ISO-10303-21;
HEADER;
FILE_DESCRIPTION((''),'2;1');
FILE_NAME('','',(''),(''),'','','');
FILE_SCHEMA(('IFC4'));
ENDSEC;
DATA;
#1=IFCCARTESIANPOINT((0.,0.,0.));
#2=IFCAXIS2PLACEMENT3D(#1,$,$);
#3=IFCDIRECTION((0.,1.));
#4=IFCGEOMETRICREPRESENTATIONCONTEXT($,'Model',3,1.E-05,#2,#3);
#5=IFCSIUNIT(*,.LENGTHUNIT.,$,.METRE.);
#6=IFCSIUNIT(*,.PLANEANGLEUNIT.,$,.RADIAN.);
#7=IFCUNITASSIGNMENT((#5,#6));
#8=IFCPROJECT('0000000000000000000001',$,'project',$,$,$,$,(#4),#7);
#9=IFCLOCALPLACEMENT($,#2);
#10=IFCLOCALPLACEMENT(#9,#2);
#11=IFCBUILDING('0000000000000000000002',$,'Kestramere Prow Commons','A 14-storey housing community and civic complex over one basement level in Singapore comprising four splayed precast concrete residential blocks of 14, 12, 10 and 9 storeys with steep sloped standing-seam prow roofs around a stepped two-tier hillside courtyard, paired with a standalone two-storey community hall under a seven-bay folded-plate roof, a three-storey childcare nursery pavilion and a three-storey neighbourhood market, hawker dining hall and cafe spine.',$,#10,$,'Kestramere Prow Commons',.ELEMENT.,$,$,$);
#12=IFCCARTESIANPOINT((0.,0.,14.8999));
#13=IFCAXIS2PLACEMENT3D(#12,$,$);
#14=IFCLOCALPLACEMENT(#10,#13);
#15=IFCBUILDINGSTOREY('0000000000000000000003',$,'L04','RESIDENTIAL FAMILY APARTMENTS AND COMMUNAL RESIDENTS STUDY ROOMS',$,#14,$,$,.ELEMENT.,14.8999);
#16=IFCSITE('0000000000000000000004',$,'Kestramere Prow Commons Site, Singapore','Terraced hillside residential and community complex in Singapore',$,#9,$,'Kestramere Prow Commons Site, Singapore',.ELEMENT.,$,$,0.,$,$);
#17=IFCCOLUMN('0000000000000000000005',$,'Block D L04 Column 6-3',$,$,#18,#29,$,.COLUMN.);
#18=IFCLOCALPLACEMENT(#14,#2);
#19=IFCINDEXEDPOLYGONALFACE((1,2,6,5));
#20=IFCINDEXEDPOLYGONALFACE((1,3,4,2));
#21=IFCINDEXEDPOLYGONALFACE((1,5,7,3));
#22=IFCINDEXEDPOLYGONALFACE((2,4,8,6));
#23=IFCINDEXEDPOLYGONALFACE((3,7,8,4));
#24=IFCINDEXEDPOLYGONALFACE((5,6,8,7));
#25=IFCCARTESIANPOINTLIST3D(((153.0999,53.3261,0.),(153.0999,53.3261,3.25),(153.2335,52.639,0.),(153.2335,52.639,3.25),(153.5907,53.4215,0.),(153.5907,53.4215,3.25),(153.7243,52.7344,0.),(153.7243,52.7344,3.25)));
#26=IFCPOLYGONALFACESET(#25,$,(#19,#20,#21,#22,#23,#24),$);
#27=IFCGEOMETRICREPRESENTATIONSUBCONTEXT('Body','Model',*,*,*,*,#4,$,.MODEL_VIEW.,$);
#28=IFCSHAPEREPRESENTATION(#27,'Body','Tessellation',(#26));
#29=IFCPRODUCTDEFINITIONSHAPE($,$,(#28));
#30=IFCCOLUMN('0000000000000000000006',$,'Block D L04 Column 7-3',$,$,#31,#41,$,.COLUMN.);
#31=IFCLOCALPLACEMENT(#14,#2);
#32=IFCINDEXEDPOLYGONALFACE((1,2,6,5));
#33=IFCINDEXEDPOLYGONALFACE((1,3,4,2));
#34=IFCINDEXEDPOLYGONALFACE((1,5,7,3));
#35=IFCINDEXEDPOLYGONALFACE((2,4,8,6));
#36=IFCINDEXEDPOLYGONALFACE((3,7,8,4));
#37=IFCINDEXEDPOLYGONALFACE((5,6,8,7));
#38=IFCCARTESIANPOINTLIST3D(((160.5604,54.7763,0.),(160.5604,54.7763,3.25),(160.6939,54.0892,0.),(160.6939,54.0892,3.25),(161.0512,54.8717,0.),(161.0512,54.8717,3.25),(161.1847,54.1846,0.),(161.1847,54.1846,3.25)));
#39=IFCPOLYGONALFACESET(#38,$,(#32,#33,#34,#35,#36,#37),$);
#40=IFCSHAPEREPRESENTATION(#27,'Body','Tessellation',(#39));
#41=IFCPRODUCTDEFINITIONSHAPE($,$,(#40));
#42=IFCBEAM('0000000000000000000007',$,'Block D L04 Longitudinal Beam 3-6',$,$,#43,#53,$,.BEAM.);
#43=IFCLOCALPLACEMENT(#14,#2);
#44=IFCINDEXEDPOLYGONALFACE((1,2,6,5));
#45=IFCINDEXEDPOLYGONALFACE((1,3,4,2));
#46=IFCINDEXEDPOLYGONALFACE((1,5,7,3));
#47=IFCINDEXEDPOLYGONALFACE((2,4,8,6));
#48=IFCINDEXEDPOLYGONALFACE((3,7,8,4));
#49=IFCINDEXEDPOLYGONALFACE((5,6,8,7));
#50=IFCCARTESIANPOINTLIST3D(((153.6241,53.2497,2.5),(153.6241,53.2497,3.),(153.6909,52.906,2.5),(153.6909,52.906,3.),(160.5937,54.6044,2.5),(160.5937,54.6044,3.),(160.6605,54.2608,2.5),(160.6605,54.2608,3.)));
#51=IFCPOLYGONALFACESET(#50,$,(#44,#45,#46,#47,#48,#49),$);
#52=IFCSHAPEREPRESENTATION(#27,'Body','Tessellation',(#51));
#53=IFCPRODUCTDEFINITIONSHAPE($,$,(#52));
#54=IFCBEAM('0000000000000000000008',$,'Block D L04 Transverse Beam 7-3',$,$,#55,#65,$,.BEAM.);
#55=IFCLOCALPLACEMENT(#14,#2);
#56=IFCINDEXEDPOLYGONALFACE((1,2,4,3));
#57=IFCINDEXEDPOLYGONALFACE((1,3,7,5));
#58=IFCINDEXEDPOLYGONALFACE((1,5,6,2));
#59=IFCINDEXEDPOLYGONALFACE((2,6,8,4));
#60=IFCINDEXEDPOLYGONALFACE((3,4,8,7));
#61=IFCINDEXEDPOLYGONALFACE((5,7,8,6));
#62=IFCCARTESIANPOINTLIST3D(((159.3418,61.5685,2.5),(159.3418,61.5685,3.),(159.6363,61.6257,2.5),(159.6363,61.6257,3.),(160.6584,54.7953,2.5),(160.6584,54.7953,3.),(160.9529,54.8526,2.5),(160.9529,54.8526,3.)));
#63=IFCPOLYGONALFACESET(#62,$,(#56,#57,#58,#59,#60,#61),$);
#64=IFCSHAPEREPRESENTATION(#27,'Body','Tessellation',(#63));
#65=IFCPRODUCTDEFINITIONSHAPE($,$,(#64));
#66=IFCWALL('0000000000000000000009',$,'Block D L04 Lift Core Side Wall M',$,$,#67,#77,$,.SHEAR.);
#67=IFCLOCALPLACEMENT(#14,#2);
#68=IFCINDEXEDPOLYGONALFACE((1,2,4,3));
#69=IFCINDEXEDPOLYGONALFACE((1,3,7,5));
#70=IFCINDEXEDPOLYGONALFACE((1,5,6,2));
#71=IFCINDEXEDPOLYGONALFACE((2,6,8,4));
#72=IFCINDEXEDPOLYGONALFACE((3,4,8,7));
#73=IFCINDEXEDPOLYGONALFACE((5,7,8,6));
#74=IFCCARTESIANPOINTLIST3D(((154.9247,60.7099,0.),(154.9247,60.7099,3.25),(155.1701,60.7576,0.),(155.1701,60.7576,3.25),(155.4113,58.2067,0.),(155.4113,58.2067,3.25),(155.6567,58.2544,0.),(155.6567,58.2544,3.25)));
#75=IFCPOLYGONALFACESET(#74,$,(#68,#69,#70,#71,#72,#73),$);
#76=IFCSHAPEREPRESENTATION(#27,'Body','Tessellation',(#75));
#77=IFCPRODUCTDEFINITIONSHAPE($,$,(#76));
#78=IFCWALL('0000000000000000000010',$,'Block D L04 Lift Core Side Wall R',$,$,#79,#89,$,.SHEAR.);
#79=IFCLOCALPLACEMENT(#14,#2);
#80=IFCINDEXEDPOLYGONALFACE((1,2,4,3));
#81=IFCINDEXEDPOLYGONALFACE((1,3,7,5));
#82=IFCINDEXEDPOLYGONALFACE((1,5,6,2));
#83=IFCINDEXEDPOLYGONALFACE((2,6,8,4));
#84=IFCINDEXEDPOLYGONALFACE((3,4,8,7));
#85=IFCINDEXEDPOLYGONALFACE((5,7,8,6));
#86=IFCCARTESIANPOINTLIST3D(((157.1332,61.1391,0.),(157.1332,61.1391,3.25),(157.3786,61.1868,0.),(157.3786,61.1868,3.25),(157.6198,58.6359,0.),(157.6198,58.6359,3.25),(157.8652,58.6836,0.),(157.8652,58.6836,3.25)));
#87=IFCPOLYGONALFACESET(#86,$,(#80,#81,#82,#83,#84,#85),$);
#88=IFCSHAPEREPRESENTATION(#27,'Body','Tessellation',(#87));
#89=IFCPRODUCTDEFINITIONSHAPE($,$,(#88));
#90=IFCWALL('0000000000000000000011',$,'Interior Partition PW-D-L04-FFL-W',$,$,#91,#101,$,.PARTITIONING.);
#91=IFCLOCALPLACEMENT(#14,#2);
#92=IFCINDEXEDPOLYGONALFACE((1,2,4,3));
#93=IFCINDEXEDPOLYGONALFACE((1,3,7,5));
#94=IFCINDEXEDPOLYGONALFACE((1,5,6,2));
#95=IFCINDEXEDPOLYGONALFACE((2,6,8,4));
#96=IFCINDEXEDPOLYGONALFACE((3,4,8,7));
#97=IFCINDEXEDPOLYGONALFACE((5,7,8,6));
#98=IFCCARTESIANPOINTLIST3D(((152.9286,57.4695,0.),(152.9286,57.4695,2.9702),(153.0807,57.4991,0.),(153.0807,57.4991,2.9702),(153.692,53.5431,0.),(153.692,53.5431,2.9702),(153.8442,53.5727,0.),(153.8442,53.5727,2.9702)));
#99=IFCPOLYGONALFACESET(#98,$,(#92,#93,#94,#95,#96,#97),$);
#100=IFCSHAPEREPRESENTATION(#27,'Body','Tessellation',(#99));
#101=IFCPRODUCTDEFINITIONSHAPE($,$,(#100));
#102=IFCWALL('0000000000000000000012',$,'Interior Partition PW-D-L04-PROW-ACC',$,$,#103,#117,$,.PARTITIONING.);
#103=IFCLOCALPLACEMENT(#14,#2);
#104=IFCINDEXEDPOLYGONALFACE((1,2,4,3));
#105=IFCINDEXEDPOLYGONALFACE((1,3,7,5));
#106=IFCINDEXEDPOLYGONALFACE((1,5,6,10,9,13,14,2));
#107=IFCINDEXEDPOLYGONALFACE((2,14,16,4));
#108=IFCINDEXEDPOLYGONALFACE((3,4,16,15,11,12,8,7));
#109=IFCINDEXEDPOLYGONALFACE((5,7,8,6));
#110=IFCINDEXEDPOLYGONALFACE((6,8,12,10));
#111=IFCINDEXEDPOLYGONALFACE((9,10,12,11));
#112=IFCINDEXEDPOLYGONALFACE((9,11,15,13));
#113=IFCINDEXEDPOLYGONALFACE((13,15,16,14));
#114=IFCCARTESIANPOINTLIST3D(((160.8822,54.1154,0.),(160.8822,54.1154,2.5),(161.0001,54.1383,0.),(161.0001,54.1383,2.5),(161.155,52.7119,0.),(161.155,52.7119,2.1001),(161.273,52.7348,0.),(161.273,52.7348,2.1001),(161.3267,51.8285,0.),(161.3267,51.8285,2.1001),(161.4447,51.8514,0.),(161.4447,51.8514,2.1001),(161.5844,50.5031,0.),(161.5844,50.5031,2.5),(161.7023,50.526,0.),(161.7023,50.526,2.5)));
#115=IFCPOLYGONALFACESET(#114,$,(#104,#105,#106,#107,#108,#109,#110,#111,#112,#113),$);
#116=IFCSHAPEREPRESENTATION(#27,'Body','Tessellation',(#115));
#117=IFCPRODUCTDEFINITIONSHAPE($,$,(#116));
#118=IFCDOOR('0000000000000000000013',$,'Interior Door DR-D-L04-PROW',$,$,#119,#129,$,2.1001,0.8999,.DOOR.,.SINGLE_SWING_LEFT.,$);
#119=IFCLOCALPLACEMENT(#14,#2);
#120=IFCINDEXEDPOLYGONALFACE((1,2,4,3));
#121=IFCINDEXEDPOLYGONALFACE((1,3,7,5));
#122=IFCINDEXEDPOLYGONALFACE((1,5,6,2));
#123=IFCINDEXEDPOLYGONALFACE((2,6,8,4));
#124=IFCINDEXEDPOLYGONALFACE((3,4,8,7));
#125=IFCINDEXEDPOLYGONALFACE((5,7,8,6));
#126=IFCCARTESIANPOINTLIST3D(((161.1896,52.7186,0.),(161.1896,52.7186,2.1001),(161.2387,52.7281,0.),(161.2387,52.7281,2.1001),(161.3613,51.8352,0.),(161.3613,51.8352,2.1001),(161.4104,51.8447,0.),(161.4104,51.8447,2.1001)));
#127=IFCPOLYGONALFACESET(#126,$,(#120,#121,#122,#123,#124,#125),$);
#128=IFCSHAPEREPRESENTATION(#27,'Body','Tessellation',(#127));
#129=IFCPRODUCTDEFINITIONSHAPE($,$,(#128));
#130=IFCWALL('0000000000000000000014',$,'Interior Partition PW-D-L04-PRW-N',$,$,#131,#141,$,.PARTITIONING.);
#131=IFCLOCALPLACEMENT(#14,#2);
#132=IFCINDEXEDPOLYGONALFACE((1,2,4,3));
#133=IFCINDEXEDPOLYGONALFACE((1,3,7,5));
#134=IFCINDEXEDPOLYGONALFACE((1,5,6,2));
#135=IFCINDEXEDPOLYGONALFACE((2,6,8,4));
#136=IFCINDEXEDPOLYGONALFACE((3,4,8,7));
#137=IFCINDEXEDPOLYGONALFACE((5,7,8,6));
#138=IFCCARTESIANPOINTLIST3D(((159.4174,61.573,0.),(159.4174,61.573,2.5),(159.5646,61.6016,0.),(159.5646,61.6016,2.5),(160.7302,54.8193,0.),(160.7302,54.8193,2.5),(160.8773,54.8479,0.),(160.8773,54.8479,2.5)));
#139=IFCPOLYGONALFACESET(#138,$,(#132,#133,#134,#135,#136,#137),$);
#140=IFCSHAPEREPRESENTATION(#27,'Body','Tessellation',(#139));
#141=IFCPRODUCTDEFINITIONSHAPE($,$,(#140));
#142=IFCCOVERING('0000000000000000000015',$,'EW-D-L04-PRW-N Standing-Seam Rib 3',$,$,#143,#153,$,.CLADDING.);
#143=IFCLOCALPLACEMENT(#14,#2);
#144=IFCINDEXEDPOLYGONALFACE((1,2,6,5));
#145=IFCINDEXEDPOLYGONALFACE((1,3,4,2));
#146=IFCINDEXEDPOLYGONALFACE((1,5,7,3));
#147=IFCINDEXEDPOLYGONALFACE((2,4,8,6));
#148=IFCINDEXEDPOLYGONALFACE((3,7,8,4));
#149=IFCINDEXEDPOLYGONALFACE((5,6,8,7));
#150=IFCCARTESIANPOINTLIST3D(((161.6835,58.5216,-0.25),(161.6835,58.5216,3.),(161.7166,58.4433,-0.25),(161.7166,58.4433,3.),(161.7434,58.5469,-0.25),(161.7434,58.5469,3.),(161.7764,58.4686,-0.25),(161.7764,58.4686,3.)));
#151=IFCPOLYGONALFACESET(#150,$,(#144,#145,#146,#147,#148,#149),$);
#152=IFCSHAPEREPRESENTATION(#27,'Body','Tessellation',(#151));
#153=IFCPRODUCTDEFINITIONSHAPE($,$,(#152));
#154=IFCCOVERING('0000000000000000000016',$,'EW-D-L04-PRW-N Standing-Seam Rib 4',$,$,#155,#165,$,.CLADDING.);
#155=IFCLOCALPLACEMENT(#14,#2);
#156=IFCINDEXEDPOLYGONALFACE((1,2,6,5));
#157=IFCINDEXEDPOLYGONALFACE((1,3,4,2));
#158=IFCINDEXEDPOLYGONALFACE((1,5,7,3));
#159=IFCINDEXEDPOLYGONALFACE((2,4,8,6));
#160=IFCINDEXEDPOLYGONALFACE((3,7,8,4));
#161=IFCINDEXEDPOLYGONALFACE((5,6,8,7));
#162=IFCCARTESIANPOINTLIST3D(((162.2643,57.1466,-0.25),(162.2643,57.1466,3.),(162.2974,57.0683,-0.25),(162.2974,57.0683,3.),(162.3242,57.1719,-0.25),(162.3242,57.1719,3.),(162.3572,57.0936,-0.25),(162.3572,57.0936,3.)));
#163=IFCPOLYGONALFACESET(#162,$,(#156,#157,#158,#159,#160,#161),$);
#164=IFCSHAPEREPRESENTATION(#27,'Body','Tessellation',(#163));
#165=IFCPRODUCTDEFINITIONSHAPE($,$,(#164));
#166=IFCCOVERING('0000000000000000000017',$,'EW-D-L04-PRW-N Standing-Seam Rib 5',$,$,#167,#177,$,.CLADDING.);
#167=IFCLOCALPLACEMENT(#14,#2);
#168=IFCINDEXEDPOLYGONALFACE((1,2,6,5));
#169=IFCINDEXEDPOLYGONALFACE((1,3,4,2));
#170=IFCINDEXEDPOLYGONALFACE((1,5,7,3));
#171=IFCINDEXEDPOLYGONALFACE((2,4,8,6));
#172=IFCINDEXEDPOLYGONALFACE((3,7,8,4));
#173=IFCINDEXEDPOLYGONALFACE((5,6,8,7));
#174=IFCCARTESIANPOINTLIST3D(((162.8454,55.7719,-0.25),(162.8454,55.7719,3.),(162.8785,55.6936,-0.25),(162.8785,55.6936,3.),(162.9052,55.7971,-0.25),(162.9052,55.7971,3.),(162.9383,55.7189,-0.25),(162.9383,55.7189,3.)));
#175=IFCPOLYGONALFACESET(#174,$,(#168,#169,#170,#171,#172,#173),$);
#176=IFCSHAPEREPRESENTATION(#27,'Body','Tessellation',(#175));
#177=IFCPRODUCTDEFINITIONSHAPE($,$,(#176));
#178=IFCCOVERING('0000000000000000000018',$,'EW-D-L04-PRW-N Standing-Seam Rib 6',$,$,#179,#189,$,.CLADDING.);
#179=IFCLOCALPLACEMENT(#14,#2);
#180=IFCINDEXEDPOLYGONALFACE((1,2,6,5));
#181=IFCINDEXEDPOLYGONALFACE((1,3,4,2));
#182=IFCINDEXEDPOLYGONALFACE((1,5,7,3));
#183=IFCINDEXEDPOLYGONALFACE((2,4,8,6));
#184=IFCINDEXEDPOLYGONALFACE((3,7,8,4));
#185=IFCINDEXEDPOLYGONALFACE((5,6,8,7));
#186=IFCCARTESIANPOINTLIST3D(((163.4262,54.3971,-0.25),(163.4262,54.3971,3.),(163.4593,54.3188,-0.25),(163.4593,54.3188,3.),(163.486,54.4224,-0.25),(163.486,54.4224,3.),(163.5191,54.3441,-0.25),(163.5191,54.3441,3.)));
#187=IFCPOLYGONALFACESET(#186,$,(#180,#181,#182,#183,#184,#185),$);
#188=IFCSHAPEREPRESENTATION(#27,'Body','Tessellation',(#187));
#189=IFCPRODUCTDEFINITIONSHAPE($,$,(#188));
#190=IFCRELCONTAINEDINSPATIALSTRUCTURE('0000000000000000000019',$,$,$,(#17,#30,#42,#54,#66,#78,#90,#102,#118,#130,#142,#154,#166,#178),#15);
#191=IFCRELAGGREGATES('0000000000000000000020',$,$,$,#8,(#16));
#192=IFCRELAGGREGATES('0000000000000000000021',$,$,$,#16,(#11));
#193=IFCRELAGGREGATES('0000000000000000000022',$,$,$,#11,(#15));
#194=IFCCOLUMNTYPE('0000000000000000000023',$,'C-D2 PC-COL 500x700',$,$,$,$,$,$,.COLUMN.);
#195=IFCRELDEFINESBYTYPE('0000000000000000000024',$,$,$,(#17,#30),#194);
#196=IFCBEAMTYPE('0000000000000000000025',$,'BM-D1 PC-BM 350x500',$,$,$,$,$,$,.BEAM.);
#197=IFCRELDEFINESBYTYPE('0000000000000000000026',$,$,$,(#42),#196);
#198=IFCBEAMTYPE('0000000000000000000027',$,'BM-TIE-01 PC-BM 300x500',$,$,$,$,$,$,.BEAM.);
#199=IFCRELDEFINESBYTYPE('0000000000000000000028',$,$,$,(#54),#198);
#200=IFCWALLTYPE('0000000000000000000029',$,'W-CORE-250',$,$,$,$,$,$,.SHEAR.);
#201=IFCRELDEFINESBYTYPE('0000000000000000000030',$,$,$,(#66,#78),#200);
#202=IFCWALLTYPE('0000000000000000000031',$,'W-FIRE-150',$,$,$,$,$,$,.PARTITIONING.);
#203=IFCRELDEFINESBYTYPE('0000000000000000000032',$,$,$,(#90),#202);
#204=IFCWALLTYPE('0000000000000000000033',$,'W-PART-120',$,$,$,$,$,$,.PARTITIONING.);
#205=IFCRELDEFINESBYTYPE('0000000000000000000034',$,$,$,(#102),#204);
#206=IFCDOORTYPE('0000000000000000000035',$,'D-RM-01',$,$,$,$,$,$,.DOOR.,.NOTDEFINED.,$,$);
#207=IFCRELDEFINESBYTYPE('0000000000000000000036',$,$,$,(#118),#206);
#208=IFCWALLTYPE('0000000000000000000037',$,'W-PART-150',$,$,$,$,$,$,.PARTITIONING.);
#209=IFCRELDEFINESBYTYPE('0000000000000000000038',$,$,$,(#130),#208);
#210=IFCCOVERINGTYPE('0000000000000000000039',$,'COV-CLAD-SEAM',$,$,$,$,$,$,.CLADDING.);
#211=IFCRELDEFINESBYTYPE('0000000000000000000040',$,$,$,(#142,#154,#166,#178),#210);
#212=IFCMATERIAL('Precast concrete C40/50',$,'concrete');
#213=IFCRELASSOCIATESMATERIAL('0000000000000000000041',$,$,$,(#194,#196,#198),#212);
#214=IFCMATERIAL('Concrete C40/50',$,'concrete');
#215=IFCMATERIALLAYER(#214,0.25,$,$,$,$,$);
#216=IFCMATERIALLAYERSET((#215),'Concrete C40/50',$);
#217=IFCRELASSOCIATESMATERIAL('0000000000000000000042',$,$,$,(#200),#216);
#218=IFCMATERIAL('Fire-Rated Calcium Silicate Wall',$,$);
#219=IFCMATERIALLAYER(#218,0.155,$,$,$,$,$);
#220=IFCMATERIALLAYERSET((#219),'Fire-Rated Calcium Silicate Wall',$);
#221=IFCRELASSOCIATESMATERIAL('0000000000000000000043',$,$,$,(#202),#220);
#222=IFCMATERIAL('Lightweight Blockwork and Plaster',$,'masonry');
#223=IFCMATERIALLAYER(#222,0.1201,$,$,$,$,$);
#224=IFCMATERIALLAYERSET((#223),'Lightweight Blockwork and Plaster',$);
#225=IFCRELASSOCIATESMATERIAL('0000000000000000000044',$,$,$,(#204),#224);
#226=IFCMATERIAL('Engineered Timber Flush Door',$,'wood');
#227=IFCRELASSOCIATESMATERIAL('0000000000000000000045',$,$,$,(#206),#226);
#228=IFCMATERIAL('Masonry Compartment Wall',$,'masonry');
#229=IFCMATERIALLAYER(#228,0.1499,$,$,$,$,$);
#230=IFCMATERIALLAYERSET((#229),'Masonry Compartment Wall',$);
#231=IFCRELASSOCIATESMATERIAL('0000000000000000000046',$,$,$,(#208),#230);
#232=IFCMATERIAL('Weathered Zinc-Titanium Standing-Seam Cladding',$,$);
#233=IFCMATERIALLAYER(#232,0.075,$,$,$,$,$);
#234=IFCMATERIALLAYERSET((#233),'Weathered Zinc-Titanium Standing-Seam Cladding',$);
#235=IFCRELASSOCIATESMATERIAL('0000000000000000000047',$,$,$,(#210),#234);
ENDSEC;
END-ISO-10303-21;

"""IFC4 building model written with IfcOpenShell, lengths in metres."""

from ifc_helpers import new_model, si_unit, direction, frame, frame_2d, origin, origin_2d, place, context, subcontext, project, spatial, rectangle, extrude, material, layer, layer_set, material_profile, profile_set, type_object, element, fill, save


model = new_model("IFC4")

# Units and contexts
model_context = context("Model", 3, precision=1e-05, world=origin(), true_north=direction((0.0, 1.0)))
body_context = subcontext(model_context, "Body", "Model", "MODEL_VIEW")
ifc_project = project(units=[si_unit("LENGTHUNIT", "METRE"), si_unit("PLANEANGLEUNIT", "RADIAN")], contexts=[model_context])

# Site, building, storey
site_placement = place(None, origin())
site = spatial("IfcSite", under=ifc_project, at=site_placement, Name="Kestramere Prow Commons Site, Singapore", Description="Terraced hillside residential and community complex in Singapore", LongName="Kestramere Prow Commons Site, Singapore", CompositionType="ELEMENT", RefElevation=0.0)
building_placement = place(site_placement, origin())
building = spatial("IfcBuilding", under=site, at=building_placement, Name="Kestramere Prow Commons", Description="A 14-storey housing community and civic complex over one basement level in Singapore comprising four splayed precast concrete residential blocks of 14, 12, 10 and 9 storeys with steep sloped standing-seam prow roofs around a stepped two-tier hillside courtyard, paired with a standalone two-storey community hall under a seven-bay folded-plate roof, a three-storey childcare nursery pavilion and a three-storey neighbourhood market, hawker dining hall and cafe spine.", LongName="Kestramere Prow Commons", CompositionType="ELEMENT")
storey_placement = place(building_placement, frame((0.0, 0.0, 14.8999)))
storey = spatial("IfcBuildingStorey", under=building, at=storey_placement, Name="L04", Description="RESIDENTIAL FAMILY APARTMENTS AND COMMUNAL RESIDENTS STUDY ROOMS", CompositionType="ELEMENT", Elevation=14.8999)

# Columns
ifc_material_1 = material(Name="Precast concrete C40/50", Category="concrete")
ifc_material_profile_1 = material_profile(ifc_material_1, rectangle(XDim=0.5, YDim=0.7, at=origin_2d()), Name="PC-COL 500x700")
ifc_profile_set_1 = profile_set([ifc_material_profile_1], Name="Precast concrete C40/50")
column_type = type_object("IfcColumnType", Name="C-D2 PC-COL 500x700", PredefinedType="COLUMN", material=ifc_profile_set_1)
for number, where, z_axis, x_axis, name in (
    (1, (153.4121, 53.0303, 0.0), (0.0, 0.0, 1.0), (0.981627, 0.190809, 0.0), "Block D L04 Column 6-3"),
    (2, (160.8726, 54.4805, 0.0), (0.0, 0.0, 1.0), (0.981627, 0.190809, 0.0), "Block D L04 Column 7-3"),
):
    element("IfcColumn", number, at=place(storey_placement, frame(where, z_axis=z_axis, x_axis=x_axis)), inside=storey, type_object=column_type, Name=name, PredefinedType="COLUMN", context=body_context, shape_type="SweptSolid", body=[
        extrude(rectangle(XDim=0.5, YDim=0.7, at=origin_2d()), origin(), (0.0, 0.0, 1.0), 3.25),
    ])

# Beams
ifc_material_profile_2 = material_profile(ifc_material_1, rectangle(XDim=0.3501, YDim=0.5, at=origin_2d()), Name="PC-BM 350x500")
ifc_profile_set_2 = profile_set([ifc_material_profile_2], Name="Precast concrete C40/50")
beam_type_1 = type_object("IfcBeamType", Name="BM-D1 PC-BM 350x500", PredefinedType="BEAM", material=ifc_profile_set_2)
beam_1_placement = place(storey_placement, frame((153.6575, 53.0779, 2.75), z_axis=(0.981628, 0.190803, 0.0), x_axis=(-0.190803, 0.981628, 0.0)))
element("IfcBeam", 3, at=beam_1_placement, inside=storey, type_object=beam_type_1, Name="Block D L04 Longitudinal Beam 3-6", PredefinedType="BEAM", context=body_context, shape_type="SweptSolid", body=[
    extrude(rectangle(XDim=0.3501, YDim=0.5, at=origin_2d()), origin(), (0.0, 0.0, 1.0), 7.1001),
])
ifc_material_profile_3 = material_profile(ifc_material_1, rectangle(XDim=0.3, YDim=0.5, at=origin_2d()), Name="PC-BM 300x500")
ifc_profile_set_3 = profile_set([ifc_material_profile_3], Name="Precast concrete C40/50")
beam_type_2 = type_object("IfcBeamType", Name="BM-TIE-01 PC-BM 300x500", PredefinedType="BEAM", material=ifc_profile_set_3)
beam_2_placement = place(storey_placement, frame((160.8057, 54.824, 2.75), z_axis=(-0.190819, 0.981625, 0.0), x_axis=(-0.981625, -0.190819, 0.0)))
element("IfcBeam", 4, at=beam_2_placement, inside=storey, type_object=beam_type_2, Name="Block D L04 Transverse Beam 7-3", PredefinedType="BEAM", context=body_context, shape_type="SweptSolid", body=[
    extrude(rectangle(XDim=0.3, YDim=0.5, at=origin_2d()), origin(), (0.0, 0.0, 1.0), 6.8999),
])

# Shared definitions
ifc_material_2 = material(Name="Concrete C40/50", Category="concrete")
ifc_layer_1 = layer(ifc_material_2, 0.25)
ifc_layer_set_1 = layer_set([ifc_layer_1], Name="Concrete C40/50")
wall_type_1 = type_object("IfcWallType", Name="W-CORE-250", PredefinedType="SHEAR", material=ifc_layer_set_1)

# Walls
for number, where, z_axis, x_axis, name in (
    (5, (155.5339, 58.2307, 0.0), (0.0, 0.0, 1.0), (-0.190811, 0.981627, 0.0), "Block D L04 Lift Core Side Wall M"),
    (6, (157.7424, 58.6599, 0.0), (0.0, 0.0, 1.0), (-0.190811, 0.981627, 0.0), "Block D L04 Lift Core Side Wall R"),
):
    element("IfcWall", number, at=place(storey_placement, frame(where, z_axis=z_axis, x_axis=x_axis)), inside=storey, type_object=wall_type_1, Name=name, PredefinedType="SHEAR", context=body_context, shape_type="SweptSolid", body=[
        extrude(rectangle(XDim=2.55, YDim=0.25, at=frame_2d((1.2749, 0.0))), origin(), (0.0, 0.0, 1.0), 3.25),
    ])

# Shared definitions
ifc_material_3 = material(Name="Fire-Rated Calcium Silicate Wall")
ifc_layer_2 = layer(ifc_material_3, 0.155)
ifc_layer_set_2 = layer_set([ifc_layer_2], Name="Fire-Rated Calcium Silicate Wall")
wall_type_2 = type_object("IfcWallType", Name="W-FIRE-150", PredefinedType="PARTITIONING", material=ifc_layer_set_2)

# Wall
wall_1_placement = place(storey_placement, frame((153.7681, 53.5579, 0.0), z_axis=(0.0, 0.0, 1.0), x_axis=(-0.190855, 0.981618, 0.0)))
element("IfcWall", 7, at=wall_1_placement, inside=storey, type_object=wall_type_2, Name="Interior Partition PW-D-L04-FFL-W", PredefinedType="PARTITIONING", context=body_context, shape_type="SweptSolid", body=[
    extrude(rectangle(XDim=4.0, YDim=0.155, at=frame_2d((2.0, 0.0))), origin(), (0.0, 0.0, 1.0), 2.9702),
])

# Wall, opening, door
ifc_material_4 = material(Name="Lightweight Blockwork and Plaster", Category="masonry")
ifc_layer_3 = layer(ifc_material_4, 0.1201)
ifc_layer_set_3 = layer_set([ifc_layer_3], Name="Lightweight Blockwork and Plaster")
wall_type_3 = type_object("IfcWallType", Name="W-PART-120", PredefinedType="PARTITIONING", material=ifc_layer_set_3)
wall_2_placement = place(storey_placement, frame((161.6433, 50.5146, 0.0), z_axis=(0.0, 0.0, 1.0), x_axis=(-0.190806, 0.981628, 0.0)))
wall_2 = element("IfcWall", 8, at=wall_2_placement, inside=storey, type_object=wall_type_3, Name="Interior Partition PW-D-L04-PROW-ACC", PredefinedType="PARTITIONING", context=body_context, shape_type="SweptSolid", body=[
    extrude(rectangle(XDim=3.6799, YDim=0.1201, at=frame_2d((1.8398, 0.0))), origin(), (0.0, 0.0, 1.0), 2.5),
])
opening_1_placement = place(wall_2_placement, frame((1.3501, 0.0, 0.0)))
opening_1 = element("IfcOpeningElement", 9, at=opening_1_placement, cuts=wall_2, PredefinedType="OPENING", context=body_context, shape_type="SweptSolid", body=[
    extrude(rectangle(XDim=0.8999, YDim=2.1001, at=frame_2d((0.45, 1.05))), frame((0.0, 0.075, 0.0), z_axis=(0.0, -1.0, 0.0), x_axis=(1.0, 0.0, 0.0)), (0.0, 0.0, 1.0), 0.1501),
])
ifc_material_5 = material(Name="Engineered Timber Flush Door", Category="wood")
door_type_1 = type_object("IfcDoorType", Name="D-RM-01", OperationType="NOTDEFINED", PredefinedType="DOOR", material=ifc_material_5)
door_1_placement = place(opening_1_placement, origin())
door_1 = element("IfcDoor", 10, at=door_1_placement, inside=storey, type_object=door_type_1, Name="Interior Door DR-D-L04-PROW", OperationType="SINGLE_SWING_LEFT", OverallHeight=2.1001, OverallWidth=0.8999, PredefinedType="DOOR", context=body_context, shape_type="SweptSolid", body=[
    extrude(rectangle(XDim=0.8999, YDim=2.1001, at=frame_2d((0.45, 1.05))), frame((0.0, 0.0249, 0.0), z_axis=(0.0, -1.0, 0.0), x_axis=(1.0, 0.0, 0.0)), (0.0, 0.0, 1.0), 0.05),
])
fill(opening_1, door_1)

# Wall
ifc_material_6 = material(Name="Masonry Compartment Wall", Category="masonry")
ifc_layer_4 = layer(ifc_material_6, 0.1499)
ifc_layer_set_4 = layer_set([ifc_layer_4], Name="Masonry Compartment Wall")
wall_type_4 = type_object("IfcWallType", Name="W-PART-150", PredefinedType="PARTITIONING", material=ifc_layer_set_4)
wall_3_placement = place(storey_placement, frame((160.8037, 54.8337, 0.0), z_axis=(0.0, 0.0, 1.0), x_axis=(-0.190804, 0.981628, 0.0)))
element("IfcWall", 11, at=wall_3_placement, inside=storey, type_object=wall_type_4, Name="Interior Partition PW-D-L04-PRW-N", PredefinedType="PARTITIONING", context=body_context, shape_type="SweptSolid", body=[
    extrude(rectangle(XDim=6.8801, YDim=0.1499, at=frame_2d((3.4399, 0.0))), origin(), (0.0, 0.0, 1.0), 2.5),
])

# Coverings
ifc_material_7 = material(Name="Weathered Zinc-Titanium Standing-Seam Cladding")
ifc_layer_5 = layer(ifc_material_7, 0.075)
ifc_layer_set_5 = layer_set([ifc_layer_5], Name="Weathered Zinc-Titanium Standing-Seam Cladding")
covering_type = type_object("IfcCoveringType", Name="COV-CLAD-SEAM", PredefinedType="CLADDING", material=ifc_layer_set_5)
for number, where, z_axis, x_axis, name in (
    (12, (161.73, 58.4951, -0.25), (0.0, 0.0, 1.0), (0.38922, -0.921145, 0.0), "EW-D-L04-PRW-N Standing-Seam Rib 3"),
    (13, (162.3108, 57.1201, -0.25), (0.0, 0.0, 1.0), (0.38922, -0.921145, 0.0), "EW-D-L04-PRW-N Standing-Seam Rib 4"),
    (14, (162.8918, 55.7454, -0.25), (0.0, 0.0, 1.0), (0.38922, -0.921145, 0.0), "EW-D-L04-PRW-N Standing-Seam Rib 5"),
    (15, (163.4727, 54.3706, -0.25), (0.0, 0.0, 1.0), (0.38922, -0.921145, 0.0), "EW-D-L04-PRW-N Standing-Seam Rib 6"),
):
    element("IfcCovering", number, at=place(storey_placement, frame(where, z_axis=z_axis, x_axis=x_axis)), inside=storey, type_object=covering_type, Name=name, PredefinedType="CLADDING", context=body_context, shape_type="SweptSolid", body=[
        extrude(rectangle(XDim=0.085, YDim=0.0649, at=origin_2d()), origin(), (0.0, 0.0, 1.0), 3.25),
    ])

save(model, "model.ifc")
